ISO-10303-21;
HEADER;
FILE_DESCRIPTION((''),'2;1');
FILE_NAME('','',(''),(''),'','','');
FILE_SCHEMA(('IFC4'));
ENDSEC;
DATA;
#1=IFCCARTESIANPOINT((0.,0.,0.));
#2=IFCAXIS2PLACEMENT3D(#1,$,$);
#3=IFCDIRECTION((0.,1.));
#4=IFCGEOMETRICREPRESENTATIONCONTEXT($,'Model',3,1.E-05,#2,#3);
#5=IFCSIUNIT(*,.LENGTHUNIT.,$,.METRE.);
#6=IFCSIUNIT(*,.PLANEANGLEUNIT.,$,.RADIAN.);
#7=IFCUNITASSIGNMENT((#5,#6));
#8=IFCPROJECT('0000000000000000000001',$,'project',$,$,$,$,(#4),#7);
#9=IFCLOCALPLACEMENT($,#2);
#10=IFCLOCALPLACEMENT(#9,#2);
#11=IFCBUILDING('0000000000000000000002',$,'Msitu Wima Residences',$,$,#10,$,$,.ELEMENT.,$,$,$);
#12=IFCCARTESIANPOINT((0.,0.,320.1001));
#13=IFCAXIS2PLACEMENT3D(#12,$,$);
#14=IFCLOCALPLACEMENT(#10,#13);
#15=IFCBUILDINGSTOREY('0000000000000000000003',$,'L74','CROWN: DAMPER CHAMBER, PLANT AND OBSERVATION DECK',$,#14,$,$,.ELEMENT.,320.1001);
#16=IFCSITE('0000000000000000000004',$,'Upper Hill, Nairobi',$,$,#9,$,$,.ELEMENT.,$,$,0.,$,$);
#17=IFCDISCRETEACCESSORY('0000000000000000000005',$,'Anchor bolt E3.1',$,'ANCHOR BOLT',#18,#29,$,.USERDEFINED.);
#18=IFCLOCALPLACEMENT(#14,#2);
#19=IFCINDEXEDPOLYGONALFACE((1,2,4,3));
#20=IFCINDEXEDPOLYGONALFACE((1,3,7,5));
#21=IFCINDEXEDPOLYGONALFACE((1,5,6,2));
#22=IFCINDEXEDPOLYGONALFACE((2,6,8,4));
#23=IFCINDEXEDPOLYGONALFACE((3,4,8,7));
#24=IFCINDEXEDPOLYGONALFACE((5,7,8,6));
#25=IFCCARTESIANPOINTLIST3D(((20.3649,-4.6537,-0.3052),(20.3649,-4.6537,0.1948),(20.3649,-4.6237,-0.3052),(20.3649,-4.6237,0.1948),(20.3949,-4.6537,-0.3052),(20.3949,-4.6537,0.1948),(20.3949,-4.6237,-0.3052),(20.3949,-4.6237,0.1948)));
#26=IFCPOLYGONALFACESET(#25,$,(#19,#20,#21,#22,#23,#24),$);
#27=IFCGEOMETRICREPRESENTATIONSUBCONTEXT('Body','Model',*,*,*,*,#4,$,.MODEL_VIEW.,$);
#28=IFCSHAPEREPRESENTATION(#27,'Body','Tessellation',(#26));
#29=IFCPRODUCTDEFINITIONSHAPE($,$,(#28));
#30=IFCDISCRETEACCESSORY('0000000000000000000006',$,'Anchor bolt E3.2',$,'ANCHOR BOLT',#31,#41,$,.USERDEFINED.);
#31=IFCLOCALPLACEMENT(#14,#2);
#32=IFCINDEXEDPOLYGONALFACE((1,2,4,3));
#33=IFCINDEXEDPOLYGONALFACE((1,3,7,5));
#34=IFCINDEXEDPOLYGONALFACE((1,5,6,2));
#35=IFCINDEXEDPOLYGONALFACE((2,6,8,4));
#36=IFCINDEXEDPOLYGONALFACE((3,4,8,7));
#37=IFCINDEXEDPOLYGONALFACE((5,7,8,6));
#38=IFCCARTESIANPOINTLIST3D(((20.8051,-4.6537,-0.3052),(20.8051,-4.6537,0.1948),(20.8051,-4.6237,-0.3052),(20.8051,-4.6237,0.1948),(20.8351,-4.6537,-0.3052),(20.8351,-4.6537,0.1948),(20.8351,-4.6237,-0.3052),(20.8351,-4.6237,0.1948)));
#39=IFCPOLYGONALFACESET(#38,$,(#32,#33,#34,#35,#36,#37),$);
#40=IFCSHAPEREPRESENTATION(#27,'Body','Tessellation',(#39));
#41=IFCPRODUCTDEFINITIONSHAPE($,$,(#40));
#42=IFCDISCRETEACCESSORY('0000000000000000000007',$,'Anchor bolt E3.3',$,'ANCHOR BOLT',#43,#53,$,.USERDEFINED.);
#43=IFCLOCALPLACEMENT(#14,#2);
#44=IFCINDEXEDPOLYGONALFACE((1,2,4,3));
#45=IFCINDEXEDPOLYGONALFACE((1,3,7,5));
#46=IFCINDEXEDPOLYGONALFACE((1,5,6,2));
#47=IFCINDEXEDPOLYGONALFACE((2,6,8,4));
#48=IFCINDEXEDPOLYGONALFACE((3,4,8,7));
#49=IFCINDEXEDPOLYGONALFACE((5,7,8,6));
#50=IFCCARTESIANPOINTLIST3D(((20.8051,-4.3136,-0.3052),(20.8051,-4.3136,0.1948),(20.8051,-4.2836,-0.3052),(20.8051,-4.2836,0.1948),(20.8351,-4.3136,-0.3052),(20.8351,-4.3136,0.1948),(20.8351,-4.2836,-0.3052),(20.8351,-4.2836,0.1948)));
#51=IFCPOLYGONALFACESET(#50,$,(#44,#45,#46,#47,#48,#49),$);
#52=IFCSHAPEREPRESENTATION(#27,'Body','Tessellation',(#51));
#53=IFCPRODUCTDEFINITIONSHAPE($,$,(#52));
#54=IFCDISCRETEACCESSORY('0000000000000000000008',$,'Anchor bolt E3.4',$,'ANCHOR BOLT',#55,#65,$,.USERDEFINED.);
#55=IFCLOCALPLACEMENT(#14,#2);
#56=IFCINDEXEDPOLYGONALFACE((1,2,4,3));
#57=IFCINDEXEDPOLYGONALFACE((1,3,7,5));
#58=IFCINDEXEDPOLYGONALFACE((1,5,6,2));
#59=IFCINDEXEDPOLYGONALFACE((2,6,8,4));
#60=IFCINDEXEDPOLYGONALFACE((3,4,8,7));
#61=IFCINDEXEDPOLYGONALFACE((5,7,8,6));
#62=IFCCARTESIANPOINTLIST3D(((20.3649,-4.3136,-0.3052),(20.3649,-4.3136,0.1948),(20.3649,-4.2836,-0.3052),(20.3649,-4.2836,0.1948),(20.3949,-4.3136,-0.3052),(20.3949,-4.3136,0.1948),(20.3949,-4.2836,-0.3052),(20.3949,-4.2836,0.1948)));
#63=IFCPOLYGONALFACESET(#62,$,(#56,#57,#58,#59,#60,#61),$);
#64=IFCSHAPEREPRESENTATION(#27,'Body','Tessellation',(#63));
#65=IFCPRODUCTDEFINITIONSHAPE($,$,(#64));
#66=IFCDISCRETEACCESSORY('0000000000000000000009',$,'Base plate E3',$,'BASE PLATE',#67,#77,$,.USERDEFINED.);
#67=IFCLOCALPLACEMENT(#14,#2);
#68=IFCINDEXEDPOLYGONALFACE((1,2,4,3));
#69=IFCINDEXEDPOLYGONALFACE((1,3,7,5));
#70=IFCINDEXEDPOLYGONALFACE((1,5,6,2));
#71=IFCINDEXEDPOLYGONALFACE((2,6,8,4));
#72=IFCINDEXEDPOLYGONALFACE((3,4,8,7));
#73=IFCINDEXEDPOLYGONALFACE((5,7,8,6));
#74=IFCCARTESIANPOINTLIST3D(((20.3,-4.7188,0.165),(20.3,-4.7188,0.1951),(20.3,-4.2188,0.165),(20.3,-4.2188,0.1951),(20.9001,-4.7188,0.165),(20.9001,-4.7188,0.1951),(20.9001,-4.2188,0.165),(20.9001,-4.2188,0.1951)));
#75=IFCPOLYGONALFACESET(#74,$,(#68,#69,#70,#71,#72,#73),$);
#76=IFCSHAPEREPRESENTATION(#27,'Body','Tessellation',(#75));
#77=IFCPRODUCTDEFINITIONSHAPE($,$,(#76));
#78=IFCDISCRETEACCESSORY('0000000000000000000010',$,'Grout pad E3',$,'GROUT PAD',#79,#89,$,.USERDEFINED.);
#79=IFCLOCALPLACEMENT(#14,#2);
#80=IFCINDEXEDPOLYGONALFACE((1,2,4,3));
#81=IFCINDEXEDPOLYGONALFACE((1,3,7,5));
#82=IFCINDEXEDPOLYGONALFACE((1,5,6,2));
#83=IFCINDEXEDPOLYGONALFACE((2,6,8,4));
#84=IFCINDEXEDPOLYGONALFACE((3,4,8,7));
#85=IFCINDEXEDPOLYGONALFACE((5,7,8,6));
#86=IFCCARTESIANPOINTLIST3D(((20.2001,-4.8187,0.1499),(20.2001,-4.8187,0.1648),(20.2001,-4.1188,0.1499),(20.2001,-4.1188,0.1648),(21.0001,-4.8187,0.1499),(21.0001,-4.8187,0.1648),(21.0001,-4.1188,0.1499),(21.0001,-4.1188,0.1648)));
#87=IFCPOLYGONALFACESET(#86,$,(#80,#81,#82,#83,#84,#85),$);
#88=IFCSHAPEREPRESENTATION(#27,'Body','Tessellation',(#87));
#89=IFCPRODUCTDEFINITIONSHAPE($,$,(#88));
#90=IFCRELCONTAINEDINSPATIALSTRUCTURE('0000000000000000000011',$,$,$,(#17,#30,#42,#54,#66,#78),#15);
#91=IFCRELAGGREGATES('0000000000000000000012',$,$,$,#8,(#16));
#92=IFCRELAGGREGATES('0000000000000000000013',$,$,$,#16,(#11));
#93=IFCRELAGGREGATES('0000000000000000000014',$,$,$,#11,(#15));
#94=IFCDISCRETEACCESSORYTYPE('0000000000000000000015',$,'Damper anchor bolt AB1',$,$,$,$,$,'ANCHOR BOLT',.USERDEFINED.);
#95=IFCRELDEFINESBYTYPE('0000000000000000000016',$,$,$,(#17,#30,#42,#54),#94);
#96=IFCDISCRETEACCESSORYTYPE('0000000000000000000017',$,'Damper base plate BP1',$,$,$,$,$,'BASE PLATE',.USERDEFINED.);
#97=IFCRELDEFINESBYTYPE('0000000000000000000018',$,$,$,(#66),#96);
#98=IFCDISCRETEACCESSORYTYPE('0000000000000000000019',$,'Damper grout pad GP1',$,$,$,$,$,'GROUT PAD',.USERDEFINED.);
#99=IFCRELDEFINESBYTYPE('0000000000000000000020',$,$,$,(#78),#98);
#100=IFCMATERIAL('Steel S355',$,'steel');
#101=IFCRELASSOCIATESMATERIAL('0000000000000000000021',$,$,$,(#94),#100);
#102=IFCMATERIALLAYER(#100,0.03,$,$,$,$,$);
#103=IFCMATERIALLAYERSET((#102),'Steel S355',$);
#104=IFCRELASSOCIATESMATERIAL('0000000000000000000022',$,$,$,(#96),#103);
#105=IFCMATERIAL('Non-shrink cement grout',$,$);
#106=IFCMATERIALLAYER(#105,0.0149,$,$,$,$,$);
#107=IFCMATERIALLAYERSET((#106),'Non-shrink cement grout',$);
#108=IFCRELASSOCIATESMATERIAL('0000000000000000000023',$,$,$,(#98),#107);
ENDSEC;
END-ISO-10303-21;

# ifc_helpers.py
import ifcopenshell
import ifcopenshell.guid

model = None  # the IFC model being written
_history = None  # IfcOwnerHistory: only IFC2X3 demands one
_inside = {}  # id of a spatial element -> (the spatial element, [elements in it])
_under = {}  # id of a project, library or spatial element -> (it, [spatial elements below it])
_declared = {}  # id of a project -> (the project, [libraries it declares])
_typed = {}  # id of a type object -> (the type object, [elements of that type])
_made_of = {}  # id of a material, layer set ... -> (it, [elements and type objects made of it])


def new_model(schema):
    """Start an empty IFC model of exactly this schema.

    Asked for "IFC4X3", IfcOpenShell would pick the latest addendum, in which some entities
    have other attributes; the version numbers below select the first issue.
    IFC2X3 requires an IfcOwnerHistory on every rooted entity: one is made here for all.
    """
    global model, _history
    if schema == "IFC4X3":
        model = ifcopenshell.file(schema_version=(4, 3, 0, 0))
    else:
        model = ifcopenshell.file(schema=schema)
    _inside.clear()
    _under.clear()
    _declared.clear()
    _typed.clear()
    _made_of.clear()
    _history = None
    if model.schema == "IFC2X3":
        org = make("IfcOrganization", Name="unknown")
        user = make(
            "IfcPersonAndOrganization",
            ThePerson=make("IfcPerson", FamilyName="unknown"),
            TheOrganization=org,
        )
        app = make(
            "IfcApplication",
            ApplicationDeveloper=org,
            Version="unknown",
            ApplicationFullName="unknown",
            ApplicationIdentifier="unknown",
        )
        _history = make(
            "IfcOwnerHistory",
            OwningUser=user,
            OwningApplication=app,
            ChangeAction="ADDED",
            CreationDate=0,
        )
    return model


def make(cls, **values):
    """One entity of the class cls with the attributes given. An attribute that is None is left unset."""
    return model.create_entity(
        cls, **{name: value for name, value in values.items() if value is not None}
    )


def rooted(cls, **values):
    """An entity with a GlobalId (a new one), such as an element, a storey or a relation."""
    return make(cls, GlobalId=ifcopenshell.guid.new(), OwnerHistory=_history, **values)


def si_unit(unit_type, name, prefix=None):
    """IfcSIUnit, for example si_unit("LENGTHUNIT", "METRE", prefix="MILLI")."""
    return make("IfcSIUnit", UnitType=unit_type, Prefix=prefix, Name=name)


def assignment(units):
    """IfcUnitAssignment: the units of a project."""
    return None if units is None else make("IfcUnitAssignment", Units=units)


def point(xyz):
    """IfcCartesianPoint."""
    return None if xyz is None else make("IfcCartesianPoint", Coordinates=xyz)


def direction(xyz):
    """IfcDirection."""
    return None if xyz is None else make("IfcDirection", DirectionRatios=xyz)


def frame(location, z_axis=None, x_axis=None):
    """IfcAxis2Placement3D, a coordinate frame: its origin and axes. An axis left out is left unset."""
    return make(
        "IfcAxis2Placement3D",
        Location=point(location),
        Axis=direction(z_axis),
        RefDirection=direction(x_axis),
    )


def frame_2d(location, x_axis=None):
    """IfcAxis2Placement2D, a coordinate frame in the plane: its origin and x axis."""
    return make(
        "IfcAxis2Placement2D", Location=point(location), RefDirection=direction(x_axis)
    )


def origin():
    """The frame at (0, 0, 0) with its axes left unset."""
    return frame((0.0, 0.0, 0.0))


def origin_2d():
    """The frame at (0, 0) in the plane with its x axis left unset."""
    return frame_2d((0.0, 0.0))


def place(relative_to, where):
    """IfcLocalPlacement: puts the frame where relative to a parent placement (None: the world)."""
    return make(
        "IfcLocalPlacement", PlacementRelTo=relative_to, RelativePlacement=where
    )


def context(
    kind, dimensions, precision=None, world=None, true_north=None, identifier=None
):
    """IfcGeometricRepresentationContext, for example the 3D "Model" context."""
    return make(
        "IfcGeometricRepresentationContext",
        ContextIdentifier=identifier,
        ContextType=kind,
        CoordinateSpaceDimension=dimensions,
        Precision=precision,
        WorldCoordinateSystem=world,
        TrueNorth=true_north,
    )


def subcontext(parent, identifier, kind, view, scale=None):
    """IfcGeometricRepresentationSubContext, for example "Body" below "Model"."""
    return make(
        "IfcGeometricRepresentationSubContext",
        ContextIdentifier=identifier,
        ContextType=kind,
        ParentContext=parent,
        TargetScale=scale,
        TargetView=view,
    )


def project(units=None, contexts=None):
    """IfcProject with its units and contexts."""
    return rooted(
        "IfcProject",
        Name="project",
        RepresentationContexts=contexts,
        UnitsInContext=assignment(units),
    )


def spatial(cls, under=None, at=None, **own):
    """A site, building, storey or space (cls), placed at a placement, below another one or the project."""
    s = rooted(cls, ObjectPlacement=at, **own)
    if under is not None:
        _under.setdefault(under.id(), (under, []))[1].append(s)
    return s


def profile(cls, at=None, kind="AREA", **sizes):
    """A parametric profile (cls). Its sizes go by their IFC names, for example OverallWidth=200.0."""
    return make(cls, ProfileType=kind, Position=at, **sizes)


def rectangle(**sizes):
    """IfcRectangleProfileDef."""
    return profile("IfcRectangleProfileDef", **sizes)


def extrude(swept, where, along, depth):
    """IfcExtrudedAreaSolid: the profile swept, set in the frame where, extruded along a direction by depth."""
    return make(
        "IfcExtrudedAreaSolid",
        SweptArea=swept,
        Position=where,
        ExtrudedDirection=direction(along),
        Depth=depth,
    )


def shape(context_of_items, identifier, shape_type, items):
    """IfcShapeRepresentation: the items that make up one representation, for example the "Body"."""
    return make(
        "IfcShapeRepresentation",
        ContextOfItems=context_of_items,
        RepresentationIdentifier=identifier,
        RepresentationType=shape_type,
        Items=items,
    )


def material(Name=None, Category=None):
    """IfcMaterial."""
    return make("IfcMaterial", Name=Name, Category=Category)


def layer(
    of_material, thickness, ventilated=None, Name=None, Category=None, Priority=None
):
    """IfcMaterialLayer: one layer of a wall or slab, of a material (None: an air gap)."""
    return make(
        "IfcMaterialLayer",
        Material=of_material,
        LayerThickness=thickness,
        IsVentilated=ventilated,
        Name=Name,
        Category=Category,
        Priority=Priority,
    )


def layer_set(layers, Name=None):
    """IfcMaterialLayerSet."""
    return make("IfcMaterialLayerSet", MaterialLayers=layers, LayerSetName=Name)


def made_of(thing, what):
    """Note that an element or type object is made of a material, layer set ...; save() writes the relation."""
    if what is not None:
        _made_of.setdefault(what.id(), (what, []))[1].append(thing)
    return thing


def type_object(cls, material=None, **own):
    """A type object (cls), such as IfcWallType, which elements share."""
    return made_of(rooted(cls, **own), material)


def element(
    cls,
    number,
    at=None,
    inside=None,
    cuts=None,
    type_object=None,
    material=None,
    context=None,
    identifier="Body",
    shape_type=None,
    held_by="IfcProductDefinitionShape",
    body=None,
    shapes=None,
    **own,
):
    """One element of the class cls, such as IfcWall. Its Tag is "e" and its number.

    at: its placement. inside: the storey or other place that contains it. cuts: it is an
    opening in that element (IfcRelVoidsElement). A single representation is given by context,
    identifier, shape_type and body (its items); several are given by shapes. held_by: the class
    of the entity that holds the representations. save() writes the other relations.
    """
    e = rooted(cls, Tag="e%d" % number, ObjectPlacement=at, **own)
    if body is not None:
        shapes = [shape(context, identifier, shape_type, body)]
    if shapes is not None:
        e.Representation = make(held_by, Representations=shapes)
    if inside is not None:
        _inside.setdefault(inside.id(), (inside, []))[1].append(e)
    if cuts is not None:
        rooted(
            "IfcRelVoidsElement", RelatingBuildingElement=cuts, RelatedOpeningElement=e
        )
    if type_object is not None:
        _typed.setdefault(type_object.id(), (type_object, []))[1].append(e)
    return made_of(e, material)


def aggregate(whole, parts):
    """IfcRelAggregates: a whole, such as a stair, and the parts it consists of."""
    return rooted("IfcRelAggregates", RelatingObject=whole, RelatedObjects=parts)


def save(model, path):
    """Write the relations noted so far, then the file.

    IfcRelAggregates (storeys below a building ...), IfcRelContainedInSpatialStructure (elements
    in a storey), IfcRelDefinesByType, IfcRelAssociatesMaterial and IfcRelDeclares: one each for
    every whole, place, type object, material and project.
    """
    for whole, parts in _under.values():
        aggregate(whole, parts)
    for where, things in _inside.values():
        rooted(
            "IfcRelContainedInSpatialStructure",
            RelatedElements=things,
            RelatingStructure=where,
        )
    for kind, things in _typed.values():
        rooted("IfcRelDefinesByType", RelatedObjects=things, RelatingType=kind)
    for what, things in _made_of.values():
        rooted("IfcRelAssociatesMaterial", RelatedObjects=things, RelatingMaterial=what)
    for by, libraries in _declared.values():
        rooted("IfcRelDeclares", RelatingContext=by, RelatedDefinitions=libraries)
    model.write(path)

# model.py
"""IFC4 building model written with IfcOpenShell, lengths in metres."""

from ifc_helpers import new_model, si_unit, direction, frame, origin, origin_2d, place, context, subcontext, project, spatial, rectangle, extrude, material, layer, layer_set, type_object, element, save


model = new_model("IFC4")

# Units and contexts
model_context = context("Model", 3, precision=1e-05, world=origin(), true_north=direction((0.0, 1.0)))
body_context = subcontext(model_context, "Body", "Model", "MODEL_VIEW")
ifc_project = project(units=[si_unit("LENGTHUNIT", "METRE"), si_unit("PLANEANGLEUNIT", "RADIAN")], contexts=[model_context])

# Site, building, storey
site_placement = place(None, origin())
site = spatial("IfcSite", under=ifc_project, at=site_placement, Name="Upper Hill, Nairobi", CompositionType="ELEMENT", RefElevation=0.0)
building_placement = place(site_placement, origin())
building = spatial("IfcBuilding", under=site, at=building_placement, Name="Msitu Wima Residences", CompositionType="ELEMENT")
storey_placement = place(building_placement, frame((0.0, 0.0, 320.1001)))
storey = spatial("IfcBuildingStorey", under=building, at=storey_placement, Name="L74", Description="CROWN: DAMPER CHAMBER, PLANT AND OBSERVATION DECK", CompositionType="ELEMENT", Elevation=320.1001)

# Shared definitions
ifc_material_1 = material(Name="Steel S355", Category="steel")

# Discrete accessories
discrete_accessory_type_1 = type_object("IfcDiscreteAccessoryType", Name="Damper anchor bolt AB1", ElementType="ANCHOR BOLT", PredefinedType="USERDEFINED", material=ifc_material_1)
for number, where, z_axis, x_axis, name in (
    (1, (20.3799, -4.6387, -0.3052), (0.0, 0.0, 1.0), (1.0, 0.0, 0.0), "Anchor bolt E3.1"),
    (2, (20.8201, -4.6387, -0.3052), (0.0, 0.0, 1.0), (1.0, 0.0, 0.0), "Anchor bolt E3.2"),
    (3, (20.8201, -4.2986, -0.3052), (0.0, 0.0, 1.0), (1.0, 0.0, 0.0), "Anchor bolt E3.3"),
    (4, (20.3799, -4.2986, -0.3052), (0.0, 0.0, 1.0), (1.0, 0.0, 0.0), "Anchor bolt E3.4"),
):
    element("IfcDiscreteAccessory", number, at=place(storey_placement, frame(where, z_axis=z_axis, x_axis=x_axis)), inside=storey, type_object=discrete_accessory_type_1, Name=name, ObjectType="ANCHOR BOLT", PredefinedType="USERDEFINED", context=body_context, shape_type="SweptSolid", body=[
        extrude(rectangle(XDim=0.03, YDim=0.03, at=origin_2d()), origin(), (0.0, 0.0, 1.0), 0.5),
    ])
ifc_layer_1 = layer(ifc_material_1, 0.03)
ifc_layer_set_1 = layer_set([ifc_layer_1], Name="Steel S355")
discrete_accessory_type_2 = type_object("IfcDiscreteAccessoryType", Name="Damper base plate BP1", ElementType="BASE PLATE", PredefinedType="USERDEFINED", material=ifc_layer_set_1)
discrete_accessory_1_placement = place(storey_placement, frame((20.6001, -4.4688, 0.165), z_axis=(0.0, 0.0, 1.0), x_axis=(1.0, 0.0, 0.0)))
element("IfcDiscreteAccessory", 5, at=discrete_accessory_1_placement, inside=storey, type_object=discrete_accessory_type_2, Name="Base plate E3", ObjectType="BASE PLATE", PredefinedType="USERDEFINED", context=body_context, shape_type="SweptSolid", body=[
    extrude(rectangle(XDim=0.6001, YDim=0.5, at=origin_2d()), origin(), (0.0, 0.0, 1.0), 0.03),
])
ifc_material_2 = material(Name="Non-shrink cement grout")
ifc_layer_2 = layer(ifc_material_2, 0.0149)
ifc_layer_set_2 = layer_set([ifc_layer_2], Name="Non-shrink cement grout")
discrete_accessory_type_3 = type_object("IfcDiscreteAccessoryType", Name="Damper grout pad GP1", ElementType="GROUT PAD", PredefinedType="USERDEFINED", material=ifc_layer_set_2)
discrete_accessory_2_placement = place(storey_placement, frame((20.6001, -4.4688, 0.1499), z_axis=(0.0, 0.0, 1.0), x_axis=(1.0, 0.0, 0.0)))
element("IfcDiscreteAccessory", 6, at=discrete_accessory_2_placement, inside=storey, type_object=discrete_accessory_type_3, Name="Grout pad E3", ObjectType="GROUT PAD", PredefinedType="USERDEFINED", context=body_context, shape_type="SweptSolid", body=[
    extrude(rectangle(XDim=0.8, YDim=0.7, at=origin_2d()), origin(), (0.0, 0.0, 1.0), 0.0149),
])

save(model, "model.ifc")
